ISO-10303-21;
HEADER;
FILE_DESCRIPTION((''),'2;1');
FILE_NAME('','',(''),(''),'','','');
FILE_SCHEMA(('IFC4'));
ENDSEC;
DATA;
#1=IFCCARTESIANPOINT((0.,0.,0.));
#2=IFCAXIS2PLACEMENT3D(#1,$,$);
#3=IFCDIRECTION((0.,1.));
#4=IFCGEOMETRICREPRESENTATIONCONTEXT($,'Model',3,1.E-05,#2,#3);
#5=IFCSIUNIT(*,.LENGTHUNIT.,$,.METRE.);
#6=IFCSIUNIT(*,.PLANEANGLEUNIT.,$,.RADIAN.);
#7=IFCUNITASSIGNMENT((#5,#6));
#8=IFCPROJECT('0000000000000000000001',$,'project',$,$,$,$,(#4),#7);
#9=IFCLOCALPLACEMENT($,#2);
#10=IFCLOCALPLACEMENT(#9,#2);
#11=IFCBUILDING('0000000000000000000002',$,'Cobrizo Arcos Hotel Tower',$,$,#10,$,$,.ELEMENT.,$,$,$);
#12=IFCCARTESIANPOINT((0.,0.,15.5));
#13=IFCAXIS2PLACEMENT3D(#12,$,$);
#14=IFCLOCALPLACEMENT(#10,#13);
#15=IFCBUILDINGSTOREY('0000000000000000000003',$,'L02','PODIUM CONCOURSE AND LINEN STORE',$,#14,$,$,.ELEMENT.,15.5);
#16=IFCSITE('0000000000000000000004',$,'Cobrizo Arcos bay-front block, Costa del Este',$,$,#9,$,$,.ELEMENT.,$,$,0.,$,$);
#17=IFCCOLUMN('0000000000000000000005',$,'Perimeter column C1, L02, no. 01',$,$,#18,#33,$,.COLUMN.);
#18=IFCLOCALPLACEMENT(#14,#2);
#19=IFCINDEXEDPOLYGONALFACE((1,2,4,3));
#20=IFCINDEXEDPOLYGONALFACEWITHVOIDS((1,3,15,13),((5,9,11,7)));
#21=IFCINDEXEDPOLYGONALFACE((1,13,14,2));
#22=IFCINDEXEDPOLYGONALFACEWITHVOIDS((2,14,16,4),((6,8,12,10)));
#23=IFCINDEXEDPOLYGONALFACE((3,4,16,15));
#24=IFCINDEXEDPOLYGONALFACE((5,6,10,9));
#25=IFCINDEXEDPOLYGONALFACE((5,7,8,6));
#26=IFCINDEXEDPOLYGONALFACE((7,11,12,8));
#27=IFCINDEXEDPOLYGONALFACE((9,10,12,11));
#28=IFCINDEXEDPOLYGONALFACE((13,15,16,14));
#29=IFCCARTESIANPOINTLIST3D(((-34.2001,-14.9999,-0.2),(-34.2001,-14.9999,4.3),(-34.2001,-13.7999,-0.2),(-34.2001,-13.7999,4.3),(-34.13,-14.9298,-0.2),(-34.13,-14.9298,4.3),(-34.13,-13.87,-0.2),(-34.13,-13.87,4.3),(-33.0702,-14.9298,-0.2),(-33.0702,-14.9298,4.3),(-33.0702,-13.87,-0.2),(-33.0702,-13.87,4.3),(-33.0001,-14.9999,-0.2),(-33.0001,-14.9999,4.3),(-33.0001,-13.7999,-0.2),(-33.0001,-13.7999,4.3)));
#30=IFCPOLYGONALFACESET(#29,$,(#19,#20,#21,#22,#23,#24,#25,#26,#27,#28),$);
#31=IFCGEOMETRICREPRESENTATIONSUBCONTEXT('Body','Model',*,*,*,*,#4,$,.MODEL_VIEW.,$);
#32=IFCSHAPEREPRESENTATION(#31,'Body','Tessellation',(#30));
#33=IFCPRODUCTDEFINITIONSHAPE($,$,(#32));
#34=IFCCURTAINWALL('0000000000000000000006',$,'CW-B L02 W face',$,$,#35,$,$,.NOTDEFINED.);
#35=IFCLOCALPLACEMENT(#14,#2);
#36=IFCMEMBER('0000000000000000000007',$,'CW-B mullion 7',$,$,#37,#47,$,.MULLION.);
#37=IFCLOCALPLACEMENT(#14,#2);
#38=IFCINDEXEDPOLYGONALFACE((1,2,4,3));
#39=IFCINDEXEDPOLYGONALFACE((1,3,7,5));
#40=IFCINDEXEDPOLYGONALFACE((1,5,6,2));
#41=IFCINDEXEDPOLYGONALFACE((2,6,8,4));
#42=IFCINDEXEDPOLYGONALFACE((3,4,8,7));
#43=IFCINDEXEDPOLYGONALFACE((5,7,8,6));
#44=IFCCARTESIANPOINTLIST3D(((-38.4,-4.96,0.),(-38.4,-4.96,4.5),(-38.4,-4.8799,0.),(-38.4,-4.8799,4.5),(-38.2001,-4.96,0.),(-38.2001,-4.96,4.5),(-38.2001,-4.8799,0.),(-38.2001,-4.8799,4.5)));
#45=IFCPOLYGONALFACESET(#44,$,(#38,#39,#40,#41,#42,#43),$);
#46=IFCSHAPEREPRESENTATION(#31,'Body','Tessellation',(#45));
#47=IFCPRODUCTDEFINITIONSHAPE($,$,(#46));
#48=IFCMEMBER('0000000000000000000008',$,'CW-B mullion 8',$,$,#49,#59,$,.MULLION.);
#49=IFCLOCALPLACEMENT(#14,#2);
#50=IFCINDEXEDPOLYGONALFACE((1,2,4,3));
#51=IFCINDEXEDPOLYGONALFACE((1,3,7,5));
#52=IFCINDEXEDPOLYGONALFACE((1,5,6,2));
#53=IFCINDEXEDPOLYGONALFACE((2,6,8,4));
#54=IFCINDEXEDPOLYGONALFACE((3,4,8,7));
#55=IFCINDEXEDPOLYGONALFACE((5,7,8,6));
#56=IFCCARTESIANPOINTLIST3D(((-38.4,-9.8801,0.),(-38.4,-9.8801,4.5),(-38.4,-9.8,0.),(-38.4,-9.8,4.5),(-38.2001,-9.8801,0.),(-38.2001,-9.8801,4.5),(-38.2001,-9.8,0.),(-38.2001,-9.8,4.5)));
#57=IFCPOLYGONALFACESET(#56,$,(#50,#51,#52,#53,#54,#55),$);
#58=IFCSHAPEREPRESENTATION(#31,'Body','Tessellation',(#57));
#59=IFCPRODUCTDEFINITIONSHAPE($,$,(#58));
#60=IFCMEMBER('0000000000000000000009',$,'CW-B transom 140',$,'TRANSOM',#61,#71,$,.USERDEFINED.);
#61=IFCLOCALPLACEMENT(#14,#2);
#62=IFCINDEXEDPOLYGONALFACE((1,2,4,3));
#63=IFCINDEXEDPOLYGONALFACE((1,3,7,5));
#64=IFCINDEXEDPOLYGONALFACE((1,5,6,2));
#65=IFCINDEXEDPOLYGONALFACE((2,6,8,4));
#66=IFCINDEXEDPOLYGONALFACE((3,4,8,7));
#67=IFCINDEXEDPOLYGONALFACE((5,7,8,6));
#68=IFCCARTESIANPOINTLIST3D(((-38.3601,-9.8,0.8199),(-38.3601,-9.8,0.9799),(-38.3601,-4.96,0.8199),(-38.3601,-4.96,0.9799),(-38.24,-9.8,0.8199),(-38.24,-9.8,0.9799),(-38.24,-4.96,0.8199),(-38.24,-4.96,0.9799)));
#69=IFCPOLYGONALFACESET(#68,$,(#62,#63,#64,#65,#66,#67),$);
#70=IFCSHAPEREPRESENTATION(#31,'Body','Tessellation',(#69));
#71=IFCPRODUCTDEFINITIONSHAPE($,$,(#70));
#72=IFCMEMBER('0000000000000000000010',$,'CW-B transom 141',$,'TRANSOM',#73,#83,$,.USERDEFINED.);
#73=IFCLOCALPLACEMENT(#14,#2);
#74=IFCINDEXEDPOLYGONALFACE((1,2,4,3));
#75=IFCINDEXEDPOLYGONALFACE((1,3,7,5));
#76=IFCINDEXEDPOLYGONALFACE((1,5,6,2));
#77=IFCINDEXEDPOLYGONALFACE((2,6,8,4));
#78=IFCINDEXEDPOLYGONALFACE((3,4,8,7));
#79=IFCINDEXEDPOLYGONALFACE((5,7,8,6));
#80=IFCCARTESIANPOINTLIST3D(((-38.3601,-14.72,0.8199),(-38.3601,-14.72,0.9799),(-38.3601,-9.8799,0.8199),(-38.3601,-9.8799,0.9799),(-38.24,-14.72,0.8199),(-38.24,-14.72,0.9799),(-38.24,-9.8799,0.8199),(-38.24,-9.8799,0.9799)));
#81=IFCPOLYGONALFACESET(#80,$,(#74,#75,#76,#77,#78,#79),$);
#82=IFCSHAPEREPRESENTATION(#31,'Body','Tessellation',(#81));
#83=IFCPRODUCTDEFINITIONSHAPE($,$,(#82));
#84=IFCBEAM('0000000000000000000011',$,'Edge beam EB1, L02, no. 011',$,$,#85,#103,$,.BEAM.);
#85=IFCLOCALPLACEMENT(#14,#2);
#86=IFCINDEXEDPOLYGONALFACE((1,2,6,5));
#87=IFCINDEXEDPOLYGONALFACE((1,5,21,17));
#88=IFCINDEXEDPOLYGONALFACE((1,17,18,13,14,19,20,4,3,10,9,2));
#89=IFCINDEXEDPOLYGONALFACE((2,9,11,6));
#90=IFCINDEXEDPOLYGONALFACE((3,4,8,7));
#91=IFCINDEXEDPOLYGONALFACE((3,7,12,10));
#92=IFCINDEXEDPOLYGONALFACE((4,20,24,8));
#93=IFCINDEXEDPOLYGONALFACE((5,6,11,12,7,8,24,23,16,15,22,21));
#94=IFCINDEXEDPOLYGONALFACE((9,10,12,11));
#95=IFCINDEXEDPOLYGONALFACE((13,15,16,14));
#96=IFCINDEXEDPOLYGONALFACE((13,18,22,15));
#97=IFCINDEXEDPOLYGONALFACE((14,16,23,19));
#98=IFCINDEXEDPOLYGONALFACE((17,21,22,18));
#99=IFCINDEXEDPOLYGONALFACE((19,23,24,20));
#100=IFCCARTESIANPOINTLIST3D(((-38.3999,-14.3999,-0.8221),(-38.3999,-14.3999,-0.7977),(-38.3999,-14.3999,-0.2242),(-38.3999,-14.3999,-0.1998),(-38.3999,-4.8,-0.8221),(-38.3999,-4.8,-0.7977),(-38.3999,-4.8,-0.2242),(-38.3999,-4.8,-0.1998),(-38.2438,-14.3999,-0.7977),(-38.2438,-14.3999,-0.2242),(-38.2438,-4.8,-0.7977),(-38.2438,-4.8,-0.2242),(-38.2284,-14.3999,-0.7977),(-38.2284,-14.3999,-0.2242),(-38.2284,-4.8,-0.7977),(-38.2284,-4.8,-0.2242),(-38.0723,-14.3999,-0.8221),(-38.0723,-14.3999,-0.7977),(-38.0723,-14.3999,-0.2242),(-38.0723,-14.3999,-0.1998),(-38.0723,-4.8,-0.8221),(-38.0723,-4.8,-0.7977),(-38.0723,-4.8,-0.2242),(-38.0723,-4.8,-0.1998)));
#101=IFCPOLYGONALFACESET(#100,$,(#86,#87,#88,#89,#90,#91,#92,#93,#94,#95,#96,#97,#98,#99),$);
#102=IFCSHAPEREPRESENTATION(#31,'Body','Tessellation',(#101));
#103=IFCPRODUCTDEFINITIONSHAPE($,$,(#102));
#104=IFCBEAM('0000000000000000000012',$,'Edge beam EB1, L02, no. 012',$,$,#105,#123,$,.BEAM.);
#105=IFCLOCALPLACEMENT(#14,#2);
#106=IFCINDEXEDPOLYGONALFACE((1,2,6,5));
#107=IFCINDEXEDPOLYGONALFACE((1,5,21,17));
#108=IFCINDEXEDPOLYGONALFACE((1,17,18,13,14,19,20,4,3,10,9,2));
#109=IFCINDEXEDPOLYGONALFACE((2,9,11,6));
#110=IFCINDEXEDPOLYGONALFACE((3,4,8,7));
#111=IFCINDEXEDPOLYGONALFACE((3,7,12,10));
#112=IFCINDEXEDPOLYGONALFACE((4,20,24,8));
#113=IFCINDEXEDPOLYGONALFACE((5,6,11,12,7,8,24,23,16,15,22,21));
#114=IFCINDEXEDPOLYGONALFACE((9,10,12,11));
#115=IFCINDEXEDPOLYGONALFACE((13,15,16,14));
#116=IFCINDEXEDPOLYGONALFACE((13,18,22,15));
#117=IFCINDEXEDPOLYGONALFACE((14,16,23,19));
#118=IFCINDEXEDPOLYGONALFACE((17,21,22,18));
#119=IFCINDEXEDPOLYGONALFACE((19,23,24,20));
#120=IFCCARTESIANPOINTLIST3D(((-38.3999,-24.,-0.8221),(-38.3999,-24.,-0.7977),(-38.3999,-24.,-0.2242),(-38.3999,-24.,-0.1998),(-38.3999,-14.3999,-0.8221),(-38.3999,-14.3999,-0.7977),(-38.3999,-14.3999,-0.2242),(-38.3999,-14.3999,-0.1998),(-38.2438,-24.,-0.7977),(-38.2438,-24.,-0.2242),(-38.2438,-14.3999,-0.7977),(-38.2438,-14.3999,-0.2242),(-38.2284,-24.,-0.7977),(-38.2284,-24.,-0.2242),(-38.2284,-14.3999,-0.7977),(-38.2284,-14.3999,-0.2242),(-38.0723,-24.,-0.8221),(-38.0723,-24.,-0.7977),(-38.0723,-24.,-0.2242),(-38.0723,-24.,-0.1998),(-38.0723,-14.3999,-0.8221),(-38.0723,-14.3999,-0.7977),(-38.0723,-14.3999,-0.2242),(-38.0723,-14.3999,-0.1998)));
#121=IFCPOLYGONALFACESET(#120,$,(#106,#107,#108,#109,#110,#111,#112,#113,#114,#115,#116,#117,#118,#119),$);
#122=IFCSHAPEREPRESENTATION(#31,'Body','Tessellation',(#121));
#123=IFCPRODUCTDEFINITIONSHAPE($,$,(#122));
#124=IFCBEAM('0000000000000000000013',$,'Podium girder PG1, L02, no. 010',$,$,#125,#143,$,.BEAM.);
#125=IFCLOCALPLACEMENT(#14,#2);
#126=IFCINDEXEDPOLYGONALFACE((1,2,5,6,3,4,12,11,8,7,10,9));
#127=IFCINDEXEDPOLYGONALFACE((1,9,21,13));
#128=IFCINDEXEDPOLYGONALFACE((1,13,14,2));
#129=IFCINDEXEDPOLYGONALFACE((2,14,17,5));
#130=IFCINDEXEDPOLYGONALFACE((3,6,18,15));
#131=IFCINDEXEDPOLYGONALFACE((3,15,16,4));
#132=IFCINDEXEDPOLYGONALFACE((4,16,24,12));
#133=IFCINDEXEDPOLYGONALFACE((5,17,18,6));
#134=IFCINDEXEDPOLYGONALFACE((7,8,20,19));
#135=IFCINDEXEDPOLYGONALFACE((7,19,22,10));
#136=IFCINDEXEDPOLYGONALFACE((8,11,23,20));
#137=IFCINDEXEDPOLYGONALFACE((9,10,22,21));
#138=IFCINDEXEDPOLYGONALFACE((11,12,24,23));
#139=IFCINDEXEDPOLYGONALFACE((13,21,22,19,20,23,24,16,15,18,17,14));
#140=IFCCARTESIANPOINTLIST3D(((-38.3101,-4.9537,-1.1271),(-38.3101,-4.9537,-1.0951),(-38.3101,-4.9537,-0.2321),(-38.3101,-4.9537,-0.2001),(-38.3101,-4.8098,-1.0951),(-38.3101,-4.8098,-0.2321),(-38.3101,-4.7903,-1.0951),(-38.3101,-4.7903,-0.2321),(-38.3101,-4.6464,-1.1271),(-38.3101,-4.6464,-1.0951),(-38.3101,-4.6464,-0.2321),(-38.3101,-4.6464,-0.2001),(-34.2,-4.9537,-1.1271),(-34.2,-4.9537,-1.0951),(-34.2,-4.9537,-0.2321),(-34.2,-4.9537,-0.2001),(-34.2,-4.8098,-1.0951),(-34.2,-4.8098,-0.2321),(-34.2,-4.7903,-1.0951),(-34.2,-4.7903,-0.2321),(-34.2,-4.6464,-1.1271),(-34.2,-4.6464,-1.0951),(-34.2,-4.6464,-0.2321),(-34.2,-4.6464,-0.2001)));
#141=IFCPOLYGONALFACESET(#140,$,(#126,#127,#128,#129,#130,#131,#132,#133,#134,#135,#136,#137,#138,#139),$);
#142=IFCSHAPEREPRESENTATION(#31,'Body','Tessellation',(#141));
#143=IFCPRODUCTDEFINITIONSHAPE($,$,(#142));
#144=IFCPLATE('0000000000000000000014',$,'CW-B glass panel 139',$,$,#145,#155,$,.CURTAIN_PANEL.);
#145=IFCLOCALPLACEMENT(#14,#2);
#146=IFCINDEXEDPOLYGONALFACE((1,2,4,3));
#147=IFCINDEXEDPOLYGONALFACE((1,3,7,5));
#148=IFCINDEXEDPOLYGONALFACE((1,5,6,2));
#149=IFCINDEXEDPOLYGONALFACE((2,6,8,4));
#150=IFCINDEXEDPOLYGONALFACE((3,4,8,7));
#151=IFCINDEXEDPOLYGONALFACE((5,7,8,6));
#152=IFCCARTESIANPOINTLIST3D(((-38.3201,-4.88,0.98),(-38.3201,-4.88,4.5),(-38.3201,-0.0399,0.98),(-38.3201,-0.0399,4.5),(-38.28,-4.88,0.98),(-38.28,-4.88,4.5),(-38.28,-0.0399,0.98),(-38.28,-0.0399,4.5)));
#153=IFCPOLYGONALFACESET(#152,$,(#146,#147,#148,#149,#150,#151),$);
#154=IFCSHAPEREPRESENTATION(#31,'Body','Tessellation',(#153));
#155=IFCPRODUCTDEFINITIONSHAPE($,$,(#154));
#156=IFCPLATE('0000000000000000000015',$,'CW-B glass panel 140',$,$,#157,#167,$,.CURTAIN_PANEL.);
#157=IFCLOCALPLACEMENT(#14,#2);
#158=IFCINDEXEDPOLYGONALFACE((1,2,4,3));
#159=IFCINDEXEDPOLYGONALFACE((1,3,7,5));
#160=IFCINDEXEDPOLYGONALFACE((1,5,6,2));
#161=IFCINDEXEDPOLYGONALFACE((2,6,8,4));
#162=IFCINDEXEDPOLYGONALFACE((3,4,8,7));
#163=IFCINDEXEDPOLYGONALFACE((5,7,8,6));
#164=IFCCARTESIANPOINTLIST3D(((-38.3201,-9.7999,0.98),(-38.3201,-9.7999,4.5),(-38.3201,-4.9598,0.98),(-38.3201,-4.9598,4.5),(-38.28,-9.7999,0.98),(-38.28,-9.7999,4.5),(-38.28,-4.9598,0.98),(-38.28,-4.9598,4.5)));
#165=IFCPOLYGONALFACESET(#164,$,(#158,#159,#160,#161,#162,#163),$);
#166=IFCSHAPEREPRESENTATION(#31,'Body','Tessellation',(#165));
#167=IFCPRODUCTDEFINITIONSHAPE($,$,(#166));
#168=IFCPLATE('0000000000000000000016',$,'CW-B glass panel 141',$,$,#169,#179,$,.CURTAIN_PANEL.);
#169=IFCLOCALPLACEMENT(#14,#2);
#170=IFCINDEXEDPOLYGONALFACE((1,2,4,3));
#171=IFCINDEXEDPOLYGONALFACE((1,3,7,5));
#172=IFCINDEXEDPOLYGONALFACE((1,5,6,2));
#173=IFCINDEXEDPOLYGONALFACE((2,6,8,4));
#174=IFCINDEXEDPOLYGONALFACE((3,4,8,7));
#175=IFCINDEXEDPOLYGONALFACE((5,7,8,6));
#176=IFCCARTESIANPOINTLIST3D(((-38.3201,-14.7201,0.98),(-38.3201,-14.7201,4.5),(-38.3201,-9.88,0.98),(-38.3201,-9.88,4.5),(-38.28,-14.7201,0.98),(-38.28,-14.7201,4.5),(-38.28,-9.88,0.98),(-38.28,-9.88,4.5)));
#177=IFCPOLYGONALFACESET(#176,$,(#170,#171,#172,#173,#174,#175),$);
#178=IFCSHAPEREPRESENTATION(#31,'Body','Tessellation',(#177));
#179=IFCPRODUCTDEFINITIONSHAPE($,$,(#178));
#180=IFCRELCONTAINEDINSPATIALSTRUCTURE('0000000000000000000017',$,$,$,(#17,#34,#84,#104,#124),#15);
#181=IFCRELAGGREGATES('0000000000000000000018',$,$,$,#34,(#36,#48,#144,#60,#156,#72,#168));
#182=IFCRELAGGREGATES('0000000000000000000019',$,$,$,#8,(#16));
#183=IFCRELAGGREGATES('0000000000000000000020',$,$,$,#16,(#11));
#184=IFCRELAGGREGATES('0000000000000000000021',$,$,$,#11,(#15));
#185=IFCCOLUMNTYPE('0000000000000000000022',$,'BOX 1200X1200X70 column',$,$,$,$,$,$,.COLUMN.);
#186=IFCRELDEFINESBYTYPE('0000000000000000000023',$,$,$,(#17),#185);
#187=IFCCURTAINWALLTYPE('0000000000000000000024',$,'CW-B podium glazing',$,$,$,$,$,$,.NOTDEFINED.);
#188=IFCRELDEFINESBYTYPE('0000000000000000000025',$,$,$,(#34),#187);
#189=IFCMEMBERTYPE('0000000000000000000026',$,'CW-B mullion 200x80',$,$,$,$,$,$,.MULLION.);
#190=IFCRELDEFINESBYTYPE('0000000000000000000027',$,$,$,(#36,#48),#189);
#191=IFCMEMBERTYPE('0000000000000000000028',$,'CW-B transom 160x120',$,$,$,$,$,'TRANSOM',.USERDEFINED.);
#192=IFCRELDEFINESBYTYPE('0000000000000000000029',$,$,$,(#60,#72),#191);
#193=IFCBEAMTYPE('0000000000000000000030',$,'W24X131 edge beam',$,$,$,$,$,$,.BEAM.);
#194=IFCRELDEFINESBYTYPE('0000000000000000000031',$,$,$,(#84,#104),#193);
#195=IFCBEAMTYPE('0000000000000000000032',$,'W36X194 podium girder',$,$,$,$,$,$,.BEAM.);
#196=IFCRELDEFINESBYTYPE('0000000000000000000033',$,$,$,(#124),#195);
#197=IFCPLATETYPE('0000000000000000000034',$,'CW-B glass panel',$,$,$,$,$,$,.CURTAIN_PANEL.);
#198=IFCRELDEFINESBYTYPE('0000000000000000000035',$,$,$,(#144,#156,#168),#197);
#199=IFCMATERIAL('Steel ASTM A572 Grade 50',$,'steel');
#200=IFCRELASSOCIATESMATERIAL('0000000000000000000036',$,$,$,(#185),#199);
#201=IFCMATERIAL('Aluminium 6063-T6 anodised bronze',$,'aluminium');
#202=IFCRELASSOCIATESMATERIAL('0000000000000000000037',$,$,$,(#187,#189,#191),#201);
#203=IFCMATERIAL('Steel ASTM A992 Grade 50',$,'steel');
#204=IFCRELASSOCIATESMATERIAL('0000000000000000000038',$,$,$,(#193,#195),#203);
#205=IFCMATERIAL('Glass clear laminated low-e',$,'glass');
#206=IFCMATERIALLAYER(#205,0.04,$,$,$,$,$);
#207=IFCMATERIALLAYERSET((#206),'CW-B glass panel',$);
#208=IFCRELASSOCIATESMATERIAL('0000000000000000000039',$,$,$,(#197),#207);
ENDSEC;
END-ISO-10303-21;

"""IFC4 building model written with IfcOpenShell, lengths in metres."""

from ifc_helpers import new_model, si_unit, direction, frame, origin, origin_2d, place, context, subcontext, project, spatial, rectangle, hollow_rectangle, i_section, extrude, material, layer, layer_set, material_profile, profile_set, type_object, element, aggregate, save


model = new_model("IFC4")

# Units and contexts
model_context = context("Model", 3, precision=1e-05, world=origin(), true_north=direction((0.0, 1.0)))
body_context = subcontext(model_context, "Body", "Model", "MODEL_VIEW")
ifc_project = project(units=[si_unit("LENGTHUNIT", "METRE"), si_unit("PLANEANGLEUNIT", "RADIAN")], contexts=[model_context])

# Site, building, storey
site_placement = place(None, origin())
site = spatial("IfcSite", under=ifc_project, at=site_placement, Name="Cobrizo Arcos bay-front block, Costa del Este", CompositionType="ELEMENT", RefElevation=0.0)
building_placement = place(site_placement, origin())
building = spatial("IfcBuilding", under=site, at=building_placement, Name="Cobrizo Arcos Hotel Tower", CompositionType="ELEMENT")
storey_placement = place(building_placement, frame((0.0, 0.0, 15.5)))
storey = spatial("IfcBuildingStorey", under=building, at=storey_placement, Name="L02", Description="PODIUM CONCOURSE AND LINEN STORE", CompositionType="ELEMENT", Elevation=15.5)

# Column
ifc_material_1 = material(Name="Steel ASTM A572 Grade 50", Category="steel")
ifc_material_profile_1 = material_profile(ifc_material_1, hollow_rectangle(XDim=1.2, YDim=1.2, WallThickness=0.0701, at=origin_2d()), Name="BOX 1200X1200X70")
ifc_profile_set_1 = profile_set([ifc_material_profile_1], Name="Steel ASTM A572 Grade 50")
column_type = type_object("IfcColumnType", Name="BOX 1200X1200X70 column", PredefinedType="COLUMN", material=ifc_profile_set_1)
column_placement = place(storey_placement, frame((-33.6001, -14.3999, -0.2), z_axis=(0.0, 0.0, 1.0), x_axis=(1.0, 0.0, 0.0)))
element("IfcColumn", 1, at=column_placement, inside=storey, type_object=column_type, Name="Perimeter column C1, L02, no. 01", PredefinedType="COLUMN", context=body_context, shape_type="SweptSolid", body=[
    extrude(hollow_rectangle(XDim=1.2, YDim=1.2, WallThickness=0.0701, at=origin_2d()), origin(), (0.0, 0.0, 1.0), 4.5),
])

# Curtain wall, members
ifc_material_2 = material(Name="Aluminium 6063-T6 anodised bronze", Category="aluminium")
curtain_wall_type = type_object("IfcCurtainWallType", Name="CW-B podium glazing", PredefinedType="NOTDEFINED", material=ifc_material_2)
curtain_wall_placement = place(storey_placement, origin())
curtain_wall = element("IfcCurtainWall", 2, at=curtain_wall_placement, inside=storey, type_object=curtain_wall_type, Name="CW-B L02 W face", PredefinedType="NOTDEFINED")
ifc_material_profile_2 = material_profile(ifc_material_2, rectangle(XDim=0.2, YDim=0.0801, at=origin_2d()), Name="CW-B mullion 200x80")
ifc_profile_set_2 = profile_set([ifc_material_profile_2], Name="Aluminium 6063-T6 anodised bronze")
member_type_1 = type_object("IfcMemberType", Name="CW-B mullion 200x80", PredefinedType="MULLION", material=ifc_profile_set_2)
member_1_placement = place(storey_placement, frame((-38.3, -4.9199, 0.0), z_axis=(0.0, 0.0, 1.0), x_axis=(-1.0, 0.0, 0.0)))
member_1 = element("IfcMember", 3, at=member_1_placement, type_object=member_type_1, Name="CW-B mullion 7", PredefinedType="MULLION", context=body_context, shape_type="SweptSolid", body=[
    extrude(rectangle(XDim=0.2, YDim=0.0801, at=origin_2d()), origin(), (0.0, 0.0, 1.0), 4.5),
])
member_2_placement = place(storey_placement, frame((-38.3, -9.8401, 0.0), z_axis=(0.0, 0.0, 1.0), x_axis=(-1.0, 0.0, 0.0)))
member_2 = element("IfcMember", 4, at=member_2_placement, type_object=member_type_1, Name="CW-B mullion 8", PredefinedType="MULLION", context=body_context, shape_type="SweptSolid", body=[
    extrude(rectangle(XDim=0.2, YDim=0.0801, at=origin_2d()), origin(), (0.0, 0.0, 1.0), 4.5),
])
ifc_material_profile_3 = material_profile(ifc_material_2, rectangle(XDim=0.1201, YDim=0.1599, at=origin_2d()), Name="CW-B transom 160x120")
ifc_profile_set_3 = profile_set([ifc_material_profile_3], Name="Aluminium 6063-T6 anodised bronze")
member_type_2 = type_object("IfcMemberType", Name="CW-B transom 160x120", ElementType="TRANSOM", PredefinedType="USERDEFINED", material=ifc_profile_set_3)
member_3_placement = place(storey_placement, frame((-38.3, -4.96, 0.8999), z_axis=(0.0, -1.0, 0.0), x_axis=(1.0, 0.0, 0.0)))
member_3 = element("IfcMember", 5, at=member_3_placement, type_object=member_type_2, Name="CW-B transom 140", ObjectType="TRANSOM", PredefinedType="USERDEFINED", context=body_context, shape_type="SweptSolid", body=[
    extrude(rectangle(XDim=0.1201, YDim=0.1599, at=origin_2d()), origin(), (0.0, 0.0, 1.0), 4.8401),
])
member_4_placement = place(storey_placement, frame((-38.3, -9.8799, 0.8999), z_axis=(0.0, -1.0, 0.0), x_axis=(1.0, 0.0, 0.0)))
member_4 = element("IfcMember", 6, at=member_4_placement, type_object=member_type_2, Name="CW-B transom 141", ObjectType="TRANSOM", PredefinedType="USERDEFINED", context=body_context, shape_type="SweptSolid", body=[
    extrude(rectangle(XDim=0.1201, YDim=0.1599, at=origin_2d()), origin(), (0.0, 0.0, 1.0), 4.8401),
])

# Beams
ifc_material_3 = material(Name="Steel ASTM A992 Grade 50", Category="steel")
ifc_material_profile_4 = material_profile(ifc_material_3, i_section(OverallWidth=0.3276, OverallDepth=0.6223, WebThickness=0.0154, FlangeThickness=0.0244, at=origin_2d()), Name="W24X131")
ifc_profile_set_4 = profile_set([ifc_material_profile_4], Name="Steel ASTM A992 Grade 50")
beam_type_1 = type_object("IfcBeamType", Name="W24X131 edge beam", PredefinedType="BEAM", material=ifc_profile_set_4)
beam_1_placement = place(storey_placement, frame((-38.2361, -4.8, -0.511), z_axis=(0.0, -1.0, 0.0), x_axis=(1.0, 0.0, 0.0)))
element("IfcBeam", 7, at=beam_1_placement, inside=storey, type_object=beam_type_1, Name="Edge beam EB1, L02, no. 011", PredefinedType="BEAM", context=body_context, shape_type="SweptSolid", body=[
    extrude(i_section(OverallWidth=0.3276, OverallDepth=0.6223, WebThickness=0.0154, FlangeThickness=0.0244, at=origin_2d()), origin(), (0.0, 0.0, 1.0), 9.5999),
])
beam_2_placement = place(storey_placement, frame((-38.2361, -14.3999, -0.511), z_axis=(0.0, -1.0, 0.0), x_axis=(1.0, 0.0, 0.0)))
element("IfcBeam", 8, at=beam_2_placement, inside=storey, type_object=beam_type_1, Name="Edge beam EB1, L02, no. 012", PredefinedType="BEAM", context=body_context, shape_type="SweptSolid", body=[
    extrude(i_section(OverallWidth=0.3276, OverallDepth=0.6223, WebThickness=0.0154, FlangeThickness=0.0244, at=origin_2d()), origin(), (0.0, 0.0, 1.0), 9.6001),
])
ifc_material_profile_5 = material_profile(ifc_material_3, i_section(OverallWidth=0.3074, OverallDepth=0.927, WebThickness=0.0195, FlangeThickness=0.032, at=origin_2d()), Name="W36X194")
ifc_profile_set_5 = profile_set([ifc_material_profile_5], Name="Steel ASTM A992 Grade 50")
beam_type_2 = type_object("IfcBeamType", Name="W36X194 podium girder", PredefinedType="BEAM", material=ifc_profile_set_5)
beam_3_placement = place(storey_placement, frame((-38.3101, -4.8, -0.6636), z_axis=(1.0, 0.0, 0.0), x_axis=(0.0, 1.0, 0.0)))
element("IfcBeam", 9, at=beam_3_placement, inside=storey, type_object=beam_type_2, Name="Podium girder PG1, L02, no. 010", PredefinedType="BEAM", context=body_context, shape_type="SweptSolid", body=[
    extrude(i_section(OverallWidth=0.3074, OverallDepth=0.927, WebThickness=0.0195, FlangeThickness=0.032, at=origin_2d()), origin(), (0.0, 0.0, 1.0), 4.1101),
])

# Plates
ifc_material_4 = material(Name="Glass clear laminated low-e", Category="glass")
ifc_layer_1 = layer(ifc_material_4, 0.04)
ifc_layer_set_1 = layer_set([ifc_layer_1], Name="CW-B glass panel")
plate_type_1 = type_object("IfcPlateType", Name="CW-B glass panel", PredefinedType="CURTAIN_PANEL", material=ifc_layer_set_1)
plate_1_placement = place(storey_placement, frame((-38.3, -2.46, 0.98), z_axis=(0.0, 0.0, 1.0), x_axis=(0.0, -1.0, 0.0)))
plate_1 = element("IfcPlate", 10, at=plate_1_placement, type_object=plate_type_1, Name="CW-B glass panel 139", PredefinedType="CURTAIN_PANEL", context=body_context, shape_type="SweptSolid", body=[
    extrude(rectangle(XDim=4.8401, YDim=0.04, at=origin_2d()), origin(), (0.0, 0.0, 1.0), 3.52),
])
plate_2_placement = place(storey_placement, frame((-38.3, -7.3799, 0.98), z_axis=(0.0, 0.0, 1.0), x_axis=(0.0, -1.0, 0.0)))
plate_2 = element("IfcPlate", 11, at=plate_2_placement, type_object=plate_type_1, Name="CW-B glass panel 140", PredefinedType="CURTAIN_PANEL", context=body_context, shape_type="SweptSolid", body=[
    extrude(rectangle(XDim=4.8401, YDim=0.04, at=origin_2d()), origin(), (0.0, 0.0, 1.0), 3.52),
])
plate_3_placement = place(storey_placement, frame((-38.3, -12.3, 0.98), z_axis=(0.0, 0.0, 1.0), x_axis=(0.0, -1.0, 0.0)))
plate_3 = element("IfcPlate", 12, at=plate_3_placement, type_object=plate_type_1, Name="CW-B glass panel 141", PredefinedType="CURTAIN_PANEL", context=body_context, shape_type="SweptSolid", body=[
    extrude(rectangle(XDim=4.8401, YDim=0.04, at=origin_2d()), origin(), (0.0, 0.0, 1.0), 3.52),
])
aggregate(curtain_wall, [member_1, member_2, plate_1, member_3, plate_2, member_4, plate_3])

save(model, "model.ifc")
